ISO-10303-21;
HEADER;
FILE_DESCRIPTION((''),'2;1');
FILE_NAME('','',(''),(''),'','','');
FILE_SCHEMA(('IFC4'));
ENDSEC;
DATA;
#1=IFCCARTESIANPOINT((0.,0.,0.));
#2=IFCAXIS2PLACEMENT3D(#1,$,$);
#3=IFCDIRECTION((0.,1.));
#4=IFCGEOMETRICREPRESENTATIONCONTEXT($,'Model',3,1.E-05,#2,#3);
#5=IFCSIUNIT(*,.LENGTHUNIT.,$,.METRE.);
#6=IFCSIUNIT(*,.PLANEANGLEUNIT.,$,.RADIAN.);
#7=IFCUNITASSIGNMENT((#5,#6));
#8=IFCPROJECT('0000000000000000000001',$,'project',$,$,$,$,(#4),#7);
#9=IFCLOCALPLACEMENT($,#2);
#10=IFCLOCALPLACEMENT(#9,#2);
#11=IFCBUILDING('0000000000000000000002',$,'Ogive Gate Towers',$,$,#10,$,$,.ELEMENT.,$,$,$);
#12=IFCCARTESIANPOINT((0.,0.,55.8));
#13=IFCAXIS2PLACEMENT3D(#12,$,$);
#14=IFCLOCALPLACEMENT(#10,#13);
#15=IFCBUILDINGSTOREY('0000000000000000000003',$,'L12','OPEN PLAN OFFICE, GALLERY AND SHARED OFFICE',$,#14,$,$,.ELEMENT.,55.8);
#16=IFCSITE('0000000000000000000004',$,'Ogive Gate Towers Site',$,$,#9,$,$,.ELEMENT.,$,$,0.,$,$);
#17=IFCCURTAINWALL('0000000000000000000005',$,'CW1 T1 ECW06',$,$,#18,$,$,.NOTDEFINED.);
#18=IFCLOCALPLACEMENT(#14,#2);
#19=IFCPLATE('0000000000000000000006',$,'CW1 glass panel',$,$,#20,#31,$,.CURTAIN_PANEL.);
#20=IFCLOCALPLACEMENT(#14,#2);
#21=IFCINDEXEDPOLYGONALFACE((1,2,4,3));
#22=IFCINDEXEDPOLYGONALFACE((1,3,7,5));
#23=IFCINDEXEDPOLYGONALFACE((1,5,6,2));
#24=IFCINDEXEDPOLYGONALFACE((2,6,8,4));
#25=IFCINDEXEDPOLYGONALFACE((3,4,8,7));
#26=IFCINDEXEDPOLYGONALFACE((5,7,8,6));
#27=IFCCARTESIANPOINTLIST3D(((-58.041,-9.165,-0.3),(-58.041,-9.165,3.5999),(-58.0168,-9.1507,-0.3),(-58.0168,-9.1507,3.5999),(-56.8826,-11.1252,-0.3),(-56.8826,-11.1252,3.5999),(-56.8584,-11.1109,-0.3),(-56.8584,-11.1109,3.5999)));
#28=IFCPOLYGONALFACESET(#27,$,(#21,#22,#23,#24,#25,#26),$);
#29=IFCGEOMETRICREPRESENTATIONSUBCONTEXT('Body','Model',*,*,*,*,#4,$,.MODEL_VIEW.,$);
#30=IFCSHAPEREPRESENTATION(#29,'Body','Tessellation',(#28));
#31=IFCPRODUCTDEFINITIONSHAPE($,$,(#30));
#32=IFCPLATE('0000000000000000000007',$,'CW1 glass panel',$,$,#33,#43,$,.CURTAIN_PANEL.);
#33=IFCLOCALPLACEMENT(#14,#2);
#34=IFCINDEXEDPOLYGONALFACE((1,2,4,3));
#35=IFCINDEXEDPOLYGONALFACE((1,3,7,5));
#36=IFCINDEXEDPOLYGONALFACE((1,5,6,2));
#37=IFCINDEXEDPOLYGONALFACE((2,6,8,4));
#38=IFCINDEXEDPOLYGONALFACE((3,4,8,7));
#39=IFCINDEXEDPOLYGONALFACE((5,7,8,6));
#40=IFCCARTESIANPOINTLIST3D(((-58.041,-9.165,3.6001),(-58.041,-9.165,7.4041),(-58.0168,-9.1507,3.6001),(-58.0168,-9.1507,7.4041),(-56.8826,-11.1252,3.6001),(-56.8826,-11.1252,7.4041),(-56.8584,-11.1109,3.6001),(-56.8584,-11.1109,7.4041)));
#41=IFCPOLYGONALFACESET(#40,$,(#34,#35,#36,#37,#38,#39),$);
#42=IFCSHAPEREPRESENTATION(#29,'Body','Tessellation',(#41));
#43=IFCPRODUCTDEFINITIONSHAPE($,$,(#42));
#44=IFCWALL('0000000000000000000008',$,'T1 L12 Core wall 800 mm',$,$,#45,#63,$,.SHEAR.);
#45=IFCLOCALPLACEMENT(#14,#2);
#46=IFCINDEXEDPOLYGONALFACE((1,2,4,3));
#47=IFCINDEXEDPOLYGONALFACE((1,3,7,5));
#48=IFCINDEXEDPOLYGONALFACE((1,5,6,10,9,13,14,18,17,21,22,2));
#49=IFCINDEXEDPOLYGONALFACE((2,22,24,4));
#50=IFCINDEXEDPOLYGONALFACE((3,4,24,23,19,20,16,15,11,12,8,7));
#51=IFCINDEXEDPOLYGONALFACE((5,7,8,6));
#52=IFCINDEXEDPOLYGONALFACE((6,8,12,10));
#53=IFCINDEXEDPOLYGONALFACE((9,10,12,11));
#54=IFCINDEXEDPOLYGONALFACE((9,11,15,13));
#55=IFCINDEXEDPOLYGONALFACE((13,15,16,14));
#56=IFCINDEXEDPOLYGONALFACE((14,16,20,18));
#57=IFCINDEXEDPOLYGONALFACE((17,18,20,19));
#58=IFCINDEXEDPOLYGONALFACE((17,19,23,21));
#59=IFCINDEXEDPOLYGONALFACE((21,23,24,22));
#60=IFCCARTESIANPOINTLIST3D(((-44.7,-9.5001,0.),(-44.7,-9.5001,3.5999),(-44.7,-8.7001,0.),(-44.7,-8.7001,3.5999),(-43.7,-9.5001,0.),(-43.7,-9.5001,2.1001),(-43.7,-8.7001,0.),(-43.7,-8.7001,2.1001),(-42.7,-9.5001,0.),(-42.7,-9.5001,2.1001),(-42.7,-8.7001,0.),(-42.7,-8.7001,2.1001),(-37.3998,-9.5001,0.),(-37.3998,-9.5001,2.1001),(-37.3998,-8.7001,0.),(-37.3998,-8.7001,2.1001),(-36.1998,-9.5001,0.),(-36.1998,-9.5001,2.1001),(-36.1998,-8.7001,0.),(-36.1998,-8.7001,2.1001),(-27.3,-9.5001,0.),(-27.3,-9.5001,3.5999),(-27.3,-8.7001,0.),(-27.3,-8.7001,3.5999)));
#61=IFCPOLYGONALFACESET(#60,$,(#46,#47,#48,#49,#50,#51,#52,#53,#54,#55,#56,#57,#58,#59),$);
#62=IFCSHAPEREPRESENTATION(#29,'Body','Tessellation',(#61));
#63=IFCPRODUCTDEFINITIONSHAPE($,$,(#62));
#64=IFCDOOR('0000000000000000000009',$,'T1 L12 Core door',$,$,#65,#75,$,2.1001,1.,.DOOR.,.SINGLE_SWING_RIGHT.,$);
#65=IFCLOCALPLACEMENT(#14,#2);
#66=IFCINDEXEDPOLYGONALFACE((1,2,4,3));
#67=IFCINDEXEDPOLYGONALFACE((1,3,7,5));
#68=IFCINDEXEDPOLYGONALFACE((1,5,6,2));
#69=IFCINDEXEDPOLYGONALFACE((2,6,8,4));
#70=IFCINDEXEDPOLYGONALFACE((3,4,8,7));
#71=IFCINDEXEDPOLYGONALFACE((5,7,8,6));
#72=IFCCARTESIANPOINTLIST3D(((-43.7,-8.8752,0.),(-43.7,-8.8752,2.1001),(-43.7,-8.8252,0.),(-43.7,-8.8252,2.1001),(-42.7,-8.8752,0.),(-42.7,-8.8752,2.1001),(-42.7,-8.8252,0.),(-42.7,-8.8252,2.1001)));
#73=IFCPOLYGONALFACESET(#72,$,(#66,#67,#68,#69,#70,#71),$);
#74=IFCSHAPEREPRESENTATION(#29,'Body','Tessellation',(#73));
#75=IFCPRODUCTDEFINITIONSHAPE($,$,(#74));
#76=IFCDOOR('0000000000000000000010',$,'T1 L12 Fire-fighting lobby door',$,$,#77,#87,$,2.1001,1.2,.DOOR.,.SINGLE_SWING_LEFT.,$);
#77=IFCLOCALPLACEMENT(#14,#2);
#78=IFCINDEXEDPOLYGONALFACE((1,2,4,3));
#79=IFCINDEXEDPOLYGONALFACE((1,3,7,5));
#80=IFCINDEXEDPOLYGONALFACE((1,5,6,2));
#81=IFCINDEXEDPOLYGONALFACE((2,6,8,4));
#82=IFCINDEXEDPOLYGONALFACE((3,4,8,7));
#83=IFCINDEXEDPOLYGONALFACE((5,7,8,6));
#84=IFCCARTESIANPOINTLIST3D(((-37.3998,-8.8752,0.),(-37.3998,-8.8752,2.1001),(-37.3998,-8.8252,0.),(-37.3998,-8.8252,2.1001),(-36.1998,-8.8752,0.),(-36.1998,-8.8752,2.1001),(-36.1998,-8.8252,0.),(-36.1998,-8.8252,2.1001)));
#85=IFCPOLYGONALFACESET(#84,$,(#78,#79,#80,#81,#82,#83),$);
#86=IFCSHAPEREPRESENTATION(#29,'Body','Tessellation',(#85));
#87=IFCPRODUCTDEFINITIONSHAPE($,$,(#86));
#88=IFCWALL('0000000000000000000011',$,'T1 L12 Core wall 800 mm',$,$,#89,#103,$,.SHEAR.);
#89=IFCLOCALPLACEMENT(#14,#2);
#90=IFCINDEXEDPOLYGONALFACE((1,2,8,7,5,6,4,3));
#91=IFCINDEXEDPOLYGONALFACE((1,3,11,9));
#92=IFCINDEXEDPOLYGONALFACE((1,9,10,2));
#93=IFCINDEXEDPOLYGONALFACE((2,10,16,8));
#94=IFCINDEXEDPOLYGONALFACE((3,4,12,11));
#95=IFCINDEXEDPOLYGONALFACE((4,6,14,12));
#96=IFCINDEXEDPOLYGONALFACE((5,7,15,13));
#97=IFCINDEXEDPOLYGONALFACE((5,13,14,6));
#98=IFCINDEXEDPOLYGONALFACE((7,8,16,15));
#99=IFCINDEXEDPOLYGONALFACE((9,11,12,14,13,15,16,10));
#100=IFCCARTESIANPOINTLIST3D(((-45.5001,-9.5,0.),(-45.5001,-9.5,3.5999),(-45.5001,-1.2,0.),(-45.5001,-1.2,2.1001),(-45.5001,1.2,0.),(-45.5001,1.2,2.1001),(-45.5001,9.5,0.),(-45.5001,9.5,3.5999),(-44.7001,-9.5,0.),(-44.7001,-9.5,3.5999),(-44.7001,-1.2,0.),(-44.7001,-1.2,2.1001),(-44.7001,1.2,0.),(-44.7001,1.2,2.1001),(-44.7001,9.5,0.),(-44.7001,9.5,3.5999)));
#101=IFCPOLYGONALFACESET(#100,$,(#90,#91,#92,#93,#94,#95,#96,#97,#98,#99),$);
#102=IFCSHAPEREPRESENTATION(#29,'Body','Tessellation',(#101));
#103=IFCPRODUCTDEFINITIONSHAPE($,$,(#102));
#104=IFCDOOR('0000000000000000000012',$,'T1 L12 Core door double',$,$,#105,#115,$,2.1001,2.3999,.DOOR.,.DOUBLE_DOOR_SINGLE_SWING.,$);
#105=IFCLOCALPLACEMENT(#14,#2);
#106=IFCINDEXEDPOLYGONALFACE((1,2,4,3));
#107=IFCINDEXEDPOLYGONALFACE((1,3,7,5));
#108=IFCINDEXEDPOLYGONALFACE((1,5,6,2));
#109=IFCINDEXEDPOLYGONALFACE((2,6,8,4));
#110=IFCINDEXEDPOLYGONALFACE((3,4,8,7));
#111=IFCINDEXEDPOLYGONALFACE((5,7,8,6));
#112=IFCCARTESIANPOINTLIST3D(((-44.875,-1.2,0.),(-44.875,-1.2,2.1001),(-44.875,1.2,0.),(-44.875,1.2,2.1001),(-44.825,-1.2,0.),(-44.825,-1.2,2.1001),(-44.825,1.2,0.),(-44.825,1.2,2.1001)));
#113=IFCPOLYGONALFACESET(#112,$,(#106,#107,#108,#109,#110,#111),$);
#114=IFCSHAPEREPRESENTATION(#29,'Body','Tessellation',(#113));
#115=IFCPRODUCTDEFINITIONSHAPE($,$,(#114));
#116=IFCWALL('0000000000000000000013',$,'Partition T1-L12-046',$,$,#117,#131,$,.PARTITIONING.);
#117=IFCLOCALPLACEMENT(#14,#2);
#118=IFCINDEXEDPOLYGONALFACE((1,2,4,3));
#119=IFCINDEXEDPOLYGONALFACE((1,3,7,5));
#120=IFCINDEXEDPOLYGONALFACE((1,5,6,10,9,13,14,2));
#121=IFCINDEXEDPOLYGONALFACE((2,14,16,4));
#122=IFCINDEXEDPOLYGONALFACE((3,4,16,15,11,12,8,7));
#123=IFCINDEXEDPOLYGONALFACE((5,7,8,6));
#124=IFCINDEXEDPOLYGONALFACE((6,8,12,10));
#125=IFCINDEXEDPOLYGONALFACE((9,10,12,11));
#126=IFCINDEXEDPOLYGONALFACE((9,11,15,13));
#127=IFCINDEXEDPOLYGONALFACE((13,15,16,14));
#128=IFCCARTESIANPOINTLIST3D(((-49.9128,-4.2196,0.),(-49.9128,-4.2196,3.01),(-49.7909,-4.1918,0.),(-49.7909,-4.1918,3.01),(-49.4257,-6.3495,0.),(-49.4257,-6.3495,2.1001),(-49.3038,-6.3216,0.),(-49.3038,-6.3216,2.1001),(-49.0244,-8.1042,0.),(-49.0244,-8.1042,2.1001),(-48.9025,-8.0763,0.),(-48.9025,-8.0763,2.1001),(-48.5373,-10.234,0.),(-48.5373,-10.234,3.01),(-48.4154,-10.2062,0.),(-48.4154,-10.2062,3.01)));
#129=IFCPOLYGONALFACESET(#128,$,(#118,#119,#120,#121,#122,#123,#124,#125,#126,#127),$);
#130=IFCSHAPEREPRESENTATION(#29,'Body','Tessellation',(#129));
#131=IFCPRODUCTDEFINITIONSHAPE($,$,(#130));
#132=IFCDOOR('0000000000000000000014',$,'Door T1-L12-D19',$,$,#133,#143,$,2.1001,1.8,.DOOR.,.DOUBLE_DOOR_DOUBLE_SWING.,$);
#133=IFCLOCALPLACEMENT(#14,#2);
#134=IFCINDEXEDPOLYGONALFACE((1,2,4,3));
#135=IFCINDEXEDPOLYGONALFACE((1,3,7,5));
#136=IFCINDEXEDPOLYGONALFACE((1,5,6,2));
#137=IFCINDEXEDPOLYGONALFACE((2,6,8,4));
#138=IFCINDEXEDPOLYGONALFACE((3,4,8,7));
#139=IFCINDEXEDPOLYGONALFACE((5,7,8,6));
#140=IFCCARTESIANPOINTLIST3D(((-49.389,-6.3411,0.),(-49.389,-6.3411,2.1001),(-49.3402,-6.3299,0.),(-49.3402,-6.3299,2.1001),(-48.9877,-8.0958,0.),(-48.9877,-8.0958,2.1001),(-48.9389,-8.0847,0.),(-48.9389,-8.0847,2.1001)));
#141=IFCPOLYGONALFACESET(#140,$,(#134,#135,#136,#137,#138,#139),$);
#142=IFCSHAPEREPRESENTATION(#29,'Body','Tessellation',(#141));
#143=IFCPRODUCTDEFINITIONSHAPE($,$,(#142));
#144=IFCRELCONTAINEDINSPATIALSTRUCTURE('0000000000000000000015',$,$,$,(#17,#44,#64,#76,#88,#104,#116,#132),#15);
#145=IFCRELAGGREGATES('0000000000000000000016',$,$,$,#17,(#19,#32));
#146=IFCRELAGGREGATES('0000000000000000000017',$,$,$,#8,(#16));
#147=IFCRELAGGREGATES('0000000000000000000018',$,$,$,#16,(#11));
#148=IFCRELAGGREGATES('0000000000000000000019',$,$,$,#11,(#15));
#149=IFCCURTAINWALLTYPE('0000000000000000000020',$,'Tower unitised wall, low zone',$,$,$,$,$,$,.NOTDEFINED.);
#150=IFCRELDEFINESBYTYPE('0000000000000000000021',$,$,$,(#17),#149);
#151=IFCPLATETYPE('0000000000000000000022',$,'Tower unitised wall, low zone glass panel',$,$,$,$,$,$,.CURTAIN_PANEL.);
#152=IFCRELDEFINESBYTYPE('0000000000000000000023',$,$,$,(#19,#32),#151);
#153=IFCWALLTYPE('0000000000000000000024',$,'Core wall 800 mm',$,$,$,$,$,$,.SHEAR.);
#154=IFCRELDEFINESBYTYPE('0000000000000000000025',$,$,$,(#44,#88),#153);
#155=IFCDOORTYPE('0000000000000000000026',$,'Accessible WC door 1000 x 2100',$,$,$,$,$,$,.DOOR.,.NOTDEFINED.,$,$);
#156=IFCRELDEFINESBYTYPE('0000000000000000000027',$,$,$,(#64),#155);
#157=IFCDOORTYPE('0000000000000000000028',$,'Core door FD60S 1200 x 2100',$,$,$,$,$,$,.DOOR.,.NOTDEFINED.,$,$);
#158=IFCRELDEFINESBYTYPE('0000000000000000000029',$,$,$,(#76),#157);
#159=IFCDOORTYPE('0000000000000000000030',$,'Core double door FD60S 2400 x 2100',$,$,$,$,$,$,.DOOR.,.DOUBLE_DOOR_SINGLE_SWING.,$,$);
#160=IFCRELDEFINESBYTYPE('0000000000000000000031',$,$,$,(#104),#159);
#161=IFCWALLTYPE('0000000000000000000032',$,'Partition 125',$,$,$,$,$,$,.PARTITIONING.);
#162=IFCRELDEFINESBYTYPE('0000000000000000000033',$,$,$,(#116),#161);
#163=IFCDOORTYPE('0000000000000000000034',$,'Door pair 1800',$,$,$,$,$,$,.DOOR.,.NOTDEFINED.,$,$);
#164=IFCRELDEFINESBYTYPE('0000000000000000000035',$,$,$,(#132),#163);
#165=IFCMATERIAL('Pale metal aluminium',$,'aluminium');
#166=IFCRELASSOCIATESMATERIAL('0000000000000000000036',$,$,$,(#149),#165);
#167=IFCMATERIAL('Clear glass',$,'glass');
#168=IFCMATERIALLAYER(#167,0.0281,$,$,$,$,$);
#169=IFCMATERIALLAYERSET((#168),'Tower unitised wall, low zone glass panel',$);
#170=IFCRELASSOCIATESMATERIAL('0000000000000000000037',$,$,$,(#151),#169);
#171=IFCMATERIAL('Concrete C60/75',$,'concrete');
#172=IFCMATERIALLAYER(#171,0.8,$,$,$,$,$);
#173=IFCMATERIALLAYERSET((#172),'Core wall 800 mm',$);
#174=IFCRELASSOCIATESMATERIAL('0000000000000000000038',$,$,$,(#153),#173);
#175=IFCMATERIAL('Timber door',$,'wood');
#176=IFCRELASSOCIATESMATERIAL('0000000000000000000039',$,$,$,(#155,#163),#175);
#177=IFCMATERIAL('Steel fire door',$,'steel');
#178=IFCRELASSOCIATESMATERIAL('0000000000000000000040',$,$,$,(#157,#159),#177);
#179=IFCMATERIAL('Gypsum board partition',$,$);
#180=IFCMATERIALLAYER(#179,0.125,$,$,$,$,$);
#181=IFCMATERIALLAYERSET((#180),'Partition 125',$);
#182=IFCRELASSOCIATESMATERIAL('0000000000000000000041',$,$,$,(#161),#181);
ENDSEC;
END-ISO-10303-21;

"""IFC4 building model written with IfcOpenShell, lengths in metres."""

from ifc_helpers import new_model, si_unit, direction, frame, frame_2d, origin, origin_2d, place, context, subcontext, project, spatial, rectangle, extrude, material, layer, layer_set, type_object, element, fill, aggregate, save


model = new_model("IFC4")

# Units and contexts
model_context = context("Model", 3, precision=1e-05, world=origin(), true_north=direction((0.0, 1.0)))
body_context = subcontext(model_context, "Body", "Model", "MODEL_VIEW")
ifc_project = project(units=[si_unit("LENGTHUNIT", "METRE"), si_unit("PLANEANGLEUNIT", "RADIAN")], contexts=[model_context])

# Site, building, storey
site_placement = place(None, origin())
site = spatial("IfcSite", under=ifc_project, at=site_placement, Name="Ogive Gate Towers Site", CompositionType="ELEMENT", RefElevation=0.0)
building_placement = place(site_placement, origin())
building = spatial("IfcBuilding", under=site, at=building_placement, Name="Ogive Gate Towers", CompositionType="ELEMENT")
storey_placement = place(building_placement, frame((0.0, 0.0, 55.8)))
storey = spatial("IfcBuildingStorey", under=building, at=storey_placement, Name="L12", Description="OPEN PLAN OFFICE, GALLERY AND SHARED OFFICE", CompositionType="ELEMENT", Elevation=55.8)

# Curtain wall
ifc_material_1 = material(Name="Pale metal aluminium", Category="aluminium")
curtain_wall_type = type_object("IfcCurtainWallType", Name="Tower unitised wall, low zone", PredefinedType="NOTDEFINED", material=ifc_material_1)
curtain_wall_placement = place(storey_placement, origin())
curtain_wall = element("IfcCurtainWall", 1, at=curtain_wall_placement, inside=storey, type_object=curtain_wall_type, Name="CW1 T1 ECW06", PredefinedType="NOTDEFINED")

# Plates
ifc_material_2 = material(Name="Clear glass", Category="glass")
ifc_layer_1 = layer(ifc_material_2, 0.0281)
ifc_layer_set_1 = layer_set([ifc_layer_1], Name="Tower unitised wall, low zone glass panel")
plate_type = type_object("IfcPlateType", Name="Tower unitised wall, low zone glass panel", PredefinedType="CURTAIN_PANEL", material=ifc_layer_set_1)
plate_1_placement = place(storey_placement, frame((-57.4497, -10.1379, -0.3), z_axis=(0.0, 0.0, 1.0), x_axis=(-0.508771, 0.860902, 0.0)))
plate_1 = element("IfcPlate", 2, at=plate_1_placement, type_object=plate_type, Name="CW1 glass panel", PredefinedType="CURTAIN_PANEL", context=body_context, shape_type="SweptSolid", body=[
    extrude(rectangle(XDim=2.2769, YDim=0.0281, at=origin_2d()), origin(), (0.0, 0.0, 1.0), 3.8999),
])
plate_2_placement = place(storey_placement, frame((-57.4497, -10.1379, 3.6001), z_axis=(0.0, 0.0, 1.0), x_axis=(-0.508771, 0.860902, 0.0)))
plate_2 = element("IfcPlate", 3, at=plate_2_placement, type_object=plate_type, Name="CW1 glass panel", PredefinedType="CURTAIN_PANEL", context=body_context, shape_type="SweptSolid", body=[
    extrude(rectangle(XDim=2.2769, YDim=0.0281, at=origin_2d()), origin(), (0.0, 0.0, 1.0), 3.804),
])
aggregate(curtain_wall, [plate_1, plate_2])

# Wall, openings, doors
ifc_material_3 = material(Name="Concrete C60/75", Category="concrete")
ifc_layer_2 = layer(ifc_material_3, 0.8)
ifc_layer_set_2 = layer_set([ifc_layer_2], Name="Core wall 800 mm")
wall_type_1 = type_object("IfcWallType", Name="Core wall 800 mm", PredefinedType="SHEAR", material=ifc_layer_set_2)
wall_1_placement = place(storey_placement, frame((-44.7, -9.1001, 0.0), z_axis=(0.0, 0.0, 1.0), x_axis=(1.0, 0.0, 0.0)))
wall_1 = element("IfcWall", 4, at=wall_1_placement, inside=storey, type_object=wall_type_1, Name="T1 L12 Core wall 800 mm", PredefinedType="SHEAR", context=body_context, shape_type="SweptSolid", body=[
    extrude(rectangle(XDim=17.3999, YDim=0.8, at=frame_2d((8.7, 0.0))), origin(), (0.0, 0.0, 1.0), 3.5999),
])
opening_1_placement = place(wall_1_placement, frame((7.3, 0.0, 0.0)))
opening_1 = element("IfcOpeningElement", 5, at=opening_1_placement, cuts=wall_1, PredefinedType="OPENING", context=body_context, shape_type="SweptSolid", body=[
    extrude(rectangle(XDim=1.2, YDim=2.1001, at=frame_2d((0.6001, 1.05))), frame((0.0, 0.4102, 0.0), z_axis=(0.0, -1.0, 0.0), x_axis=(1.0, 0.0, 0.0)), (0.0, 0.0, 1.0), 0.8201),
])
opening_2_placement = place(wall_1_placement, frame((1.0, 0.0, 0.0)))
opening_2 = element("IfcOpeningElement", 6, at=opening_2_placement, cuts=wall_1, PredefinedType="OPENING", context=body_context, shape_type="SweptSolid", body=[
    extrude(rectangle(XDim=1.0, YDim=2.1001, at=frame_2d((0.5, 1.05))), frame((0.0, 0.4102, 0.0), z_axis=(0.0, -1.0, 0.0), x_axis=(1.0, 0.0, 0.0)), (0.0, 0.0, 1.0), 0.8201),
])
ifc_material_4 = material(Name="Timber door", Category="wood")
door_type_1 = type_object("IfcDoorType", Name="Accessible WC door 1000 x 2100", OperationType="NOTDEFINED", PredefinedType="DOOR", material=ifc_material_4)
door_1_placement = place(opening_2_placement, origin())
door_1 = element("IfcDoor", 7, at=door_1_placement, inside=storey, type_object=door_type_1, Name="T1 L12 Core door", OperationType="SINGLE_SWING_RIGHT", OverallHeight=2.1001, OverallWidth=1.0, PredefinedType="DOOR", context=body_context, shape_type="SweptSolid", body=[
    extrude(rectangle(XDim=1.0, YDim=2.1001, at=frame_2d((0.5, 1.05))), frame((0.0, 0.2749, 0.0), z_axis=(0.0, -1.0, 0.0), x_axis=(1.0, 0.0, 0.0)), (0.0, 0.0, 1.0), 0.05),
])
fill(opening_2, door_1)
ifc_material_5 = material(Name="Steel fire door", Category="steel")
door_type_2 = type_object("IfcDoorType", Name="Core door FD60S 1200 x 2100", OperationType="NOTDEFINED", PredefinedType="DOOR", material=ifc_material_5)
door_2_placement = place(opening_1_placement, origin())
door_2 = element("IfcDoor", 8, at=door_2_placement, inside=storey, type_object=door_type_2, Name="T1 L12 Fire-fighting lobby door", OperationType="SINGLE_SWING_LEFT", OverallHeight=2.1001, OverallWidth=1.2, PredefinedType="DOOR", context=body_context, shape_type="SweptSolid", body=[
    extrude(rectangle(XDim=1.2, YDim=2.1001, at=frame_2d((0.6001, 1.05))), frame((0.0, 0.2749, 0.0), z_axis=(0.0, -1.0, 0.0), x_axis=(1.0, 0.0, 0.0)), (0.0, 0.0, 1.0), 0.05),
])
fill(opening_1, door_2)

# Walls, openings, doors
wall_2_placement = place(storey_placement, frame((-45.1001, -9.5, 0.0), z_axis=(0.0, 0.0, 1.0), x_axis=(0.0, 1.0, 0.0)))
wall_2 = element("IfcWall", 9, at=wall_2_placement, inside=storey, type_object=wall_type_1, Name="T1 L12 Core wall 800 mm", PredefinedType="SHEAR", context=body_context, shape_type="SweptSolid", body=[
    extrude(rectangle(XDim=19.0, YDim=0.8, at=frame_2d((9.5, 0.0))), origin(), (0.0, 0.0, 1.0), 3.5999),
])
opening_3_placement = place(wall_2_placement, frame((8.3, 0.0, 0.0)))
opening_3 = element("IfcOpeningElement", 10, at=opening_3_placement, cuts=wall_2, PredefinedType="OPENING", context=body_context, shape_type="SweptSolid", body=[
    extrude(rectangle(XDim=2.3999, YDim=2.1001, at=frame_2d((1.2, 1.05))), frame((0.0, 0.4102, 0.0), z_axis=(0.0, -1.0, 0.0), x_axis=(1.0, 0.0, 0.0)), (0.0, 0.0, 1.0), 0.8201),
])
door_type_3 = type_object("IfcDoorType", Name="Core double door FD60S 2400 x 2100", OperationType="DOUBLE_DOOR_SINGLE_SWING", PredefinedType="DOOR", material=ifc_material_5)
door_3_placement = place(opening_3_placement, origin())
door_3 = element("IfcDoor", 11, at=door_3_placement, inside=storey, type_object=door_type_3, Name="T1 L12 Core door double", OperationType="DOUBLE_DOOR_SINGLE_SWING", OverallHeight=2.1001, OverallWidth=2.3999, PredefinedType="DOOR", context=body_context, shape_type="SweptSolid", body=[
    extrude(rectangle(XDim=2.3999, YDim=2.1001, at=frame_2d((1.2, 1.05))), frame((0.0, -0.2251, 0.0), z_axis=(0.0, -1.0, 0.0), x_axis=(1.0, 0.0, 0.0)), (0.0, 0.0, 1.0), 0.05),
])
fill(opening_3, door_3)
ifc_material_6 = material(Name="Gypsum board partition")
ifc_layer_3 = layer(ifc_material_6, 0.125)
ifc_layer_set_3 = layer_set([ifc_layer_3], Name="Partition 125")
wall_type_2 = type_object("IfcWallType", Name="Partition 125", PredefinedType="PARTITIONING", material=ifc_layer_set_3)
wall_3_placement = place(storey_placement, frame((-48.4763, -10.2202, 0.0), z_axis=(0.0, 0.0, 1.0), x_axis=(-0.222943, 0.974831, 0.0)))
wall_3 = element("IfcWall", 12, at=wall_3_placement, inside=storey, type_object=wall_type_2, Name="Partition T1-L12-046", PredefinedType="PARTITIONING", context=body_context, shape_type="SweptSolid", body=[
    extrude(rectangle(XDim=6.1697, YDim=0.125, at=frame_2d((3.085, 0.0))), origin(), (0.0, 0.0, 1.0), 3.01),
])
opening_4_placement = place(wall_3_placement, frame((2.1851, 0.0, 0.0)))
opening_4 = element("IfcOpeningElement", 13, at=opening_4_placement, cuts=wall_3, PredefinedType="OPENING", context=body_context, shape_type="SweptSolid", body=[
    extrude(rectangle(XDim=1.8, YDim=2.1001, at=frame_2d((0.8999, 1.05))), frame((0.0, 0.0725, 0.0), z_axis=(0.0, -1.0, 0.0), x_axis=(1.0, 0.0, 0.0)), (0.0, 0.0, 1.0), 0.145),
])
door_type_4 = type_object("IfcDoorType", Name="Door pair 1800", OperationType="NOTDEFINED", PredefinedType="DOOR", material=ifc_material_4)
door_4_placement = place(opening_4_placement, origin())
door_4 = element("IfcDoor", 14, at=door_4_placement, inside=storey, type_object=door_type_4, Name="Door T1-L12-D19", OperationType="DOUBLE_DOOR_DOUBLE_SWING", OverallHeight=2.1001, OverallWidth=1.8, PredefinedType="DOOR", context=body_context, shape_type="SweptSolid", body=[
    extrude(rectangle(XDim=1.8, YDim=2.1001, at=frame_2d((0.8999, 1.05))), frame((0.0, 0.0249, 0.0), z_axis=(0.0, -1.0, 0.0), x_axis=(1.0, 0.0, 0.0)), (0.0, 0.0, 1.0), 0.05),
])
fill(opening_4, door_4)

save(model, "model.ifc")
